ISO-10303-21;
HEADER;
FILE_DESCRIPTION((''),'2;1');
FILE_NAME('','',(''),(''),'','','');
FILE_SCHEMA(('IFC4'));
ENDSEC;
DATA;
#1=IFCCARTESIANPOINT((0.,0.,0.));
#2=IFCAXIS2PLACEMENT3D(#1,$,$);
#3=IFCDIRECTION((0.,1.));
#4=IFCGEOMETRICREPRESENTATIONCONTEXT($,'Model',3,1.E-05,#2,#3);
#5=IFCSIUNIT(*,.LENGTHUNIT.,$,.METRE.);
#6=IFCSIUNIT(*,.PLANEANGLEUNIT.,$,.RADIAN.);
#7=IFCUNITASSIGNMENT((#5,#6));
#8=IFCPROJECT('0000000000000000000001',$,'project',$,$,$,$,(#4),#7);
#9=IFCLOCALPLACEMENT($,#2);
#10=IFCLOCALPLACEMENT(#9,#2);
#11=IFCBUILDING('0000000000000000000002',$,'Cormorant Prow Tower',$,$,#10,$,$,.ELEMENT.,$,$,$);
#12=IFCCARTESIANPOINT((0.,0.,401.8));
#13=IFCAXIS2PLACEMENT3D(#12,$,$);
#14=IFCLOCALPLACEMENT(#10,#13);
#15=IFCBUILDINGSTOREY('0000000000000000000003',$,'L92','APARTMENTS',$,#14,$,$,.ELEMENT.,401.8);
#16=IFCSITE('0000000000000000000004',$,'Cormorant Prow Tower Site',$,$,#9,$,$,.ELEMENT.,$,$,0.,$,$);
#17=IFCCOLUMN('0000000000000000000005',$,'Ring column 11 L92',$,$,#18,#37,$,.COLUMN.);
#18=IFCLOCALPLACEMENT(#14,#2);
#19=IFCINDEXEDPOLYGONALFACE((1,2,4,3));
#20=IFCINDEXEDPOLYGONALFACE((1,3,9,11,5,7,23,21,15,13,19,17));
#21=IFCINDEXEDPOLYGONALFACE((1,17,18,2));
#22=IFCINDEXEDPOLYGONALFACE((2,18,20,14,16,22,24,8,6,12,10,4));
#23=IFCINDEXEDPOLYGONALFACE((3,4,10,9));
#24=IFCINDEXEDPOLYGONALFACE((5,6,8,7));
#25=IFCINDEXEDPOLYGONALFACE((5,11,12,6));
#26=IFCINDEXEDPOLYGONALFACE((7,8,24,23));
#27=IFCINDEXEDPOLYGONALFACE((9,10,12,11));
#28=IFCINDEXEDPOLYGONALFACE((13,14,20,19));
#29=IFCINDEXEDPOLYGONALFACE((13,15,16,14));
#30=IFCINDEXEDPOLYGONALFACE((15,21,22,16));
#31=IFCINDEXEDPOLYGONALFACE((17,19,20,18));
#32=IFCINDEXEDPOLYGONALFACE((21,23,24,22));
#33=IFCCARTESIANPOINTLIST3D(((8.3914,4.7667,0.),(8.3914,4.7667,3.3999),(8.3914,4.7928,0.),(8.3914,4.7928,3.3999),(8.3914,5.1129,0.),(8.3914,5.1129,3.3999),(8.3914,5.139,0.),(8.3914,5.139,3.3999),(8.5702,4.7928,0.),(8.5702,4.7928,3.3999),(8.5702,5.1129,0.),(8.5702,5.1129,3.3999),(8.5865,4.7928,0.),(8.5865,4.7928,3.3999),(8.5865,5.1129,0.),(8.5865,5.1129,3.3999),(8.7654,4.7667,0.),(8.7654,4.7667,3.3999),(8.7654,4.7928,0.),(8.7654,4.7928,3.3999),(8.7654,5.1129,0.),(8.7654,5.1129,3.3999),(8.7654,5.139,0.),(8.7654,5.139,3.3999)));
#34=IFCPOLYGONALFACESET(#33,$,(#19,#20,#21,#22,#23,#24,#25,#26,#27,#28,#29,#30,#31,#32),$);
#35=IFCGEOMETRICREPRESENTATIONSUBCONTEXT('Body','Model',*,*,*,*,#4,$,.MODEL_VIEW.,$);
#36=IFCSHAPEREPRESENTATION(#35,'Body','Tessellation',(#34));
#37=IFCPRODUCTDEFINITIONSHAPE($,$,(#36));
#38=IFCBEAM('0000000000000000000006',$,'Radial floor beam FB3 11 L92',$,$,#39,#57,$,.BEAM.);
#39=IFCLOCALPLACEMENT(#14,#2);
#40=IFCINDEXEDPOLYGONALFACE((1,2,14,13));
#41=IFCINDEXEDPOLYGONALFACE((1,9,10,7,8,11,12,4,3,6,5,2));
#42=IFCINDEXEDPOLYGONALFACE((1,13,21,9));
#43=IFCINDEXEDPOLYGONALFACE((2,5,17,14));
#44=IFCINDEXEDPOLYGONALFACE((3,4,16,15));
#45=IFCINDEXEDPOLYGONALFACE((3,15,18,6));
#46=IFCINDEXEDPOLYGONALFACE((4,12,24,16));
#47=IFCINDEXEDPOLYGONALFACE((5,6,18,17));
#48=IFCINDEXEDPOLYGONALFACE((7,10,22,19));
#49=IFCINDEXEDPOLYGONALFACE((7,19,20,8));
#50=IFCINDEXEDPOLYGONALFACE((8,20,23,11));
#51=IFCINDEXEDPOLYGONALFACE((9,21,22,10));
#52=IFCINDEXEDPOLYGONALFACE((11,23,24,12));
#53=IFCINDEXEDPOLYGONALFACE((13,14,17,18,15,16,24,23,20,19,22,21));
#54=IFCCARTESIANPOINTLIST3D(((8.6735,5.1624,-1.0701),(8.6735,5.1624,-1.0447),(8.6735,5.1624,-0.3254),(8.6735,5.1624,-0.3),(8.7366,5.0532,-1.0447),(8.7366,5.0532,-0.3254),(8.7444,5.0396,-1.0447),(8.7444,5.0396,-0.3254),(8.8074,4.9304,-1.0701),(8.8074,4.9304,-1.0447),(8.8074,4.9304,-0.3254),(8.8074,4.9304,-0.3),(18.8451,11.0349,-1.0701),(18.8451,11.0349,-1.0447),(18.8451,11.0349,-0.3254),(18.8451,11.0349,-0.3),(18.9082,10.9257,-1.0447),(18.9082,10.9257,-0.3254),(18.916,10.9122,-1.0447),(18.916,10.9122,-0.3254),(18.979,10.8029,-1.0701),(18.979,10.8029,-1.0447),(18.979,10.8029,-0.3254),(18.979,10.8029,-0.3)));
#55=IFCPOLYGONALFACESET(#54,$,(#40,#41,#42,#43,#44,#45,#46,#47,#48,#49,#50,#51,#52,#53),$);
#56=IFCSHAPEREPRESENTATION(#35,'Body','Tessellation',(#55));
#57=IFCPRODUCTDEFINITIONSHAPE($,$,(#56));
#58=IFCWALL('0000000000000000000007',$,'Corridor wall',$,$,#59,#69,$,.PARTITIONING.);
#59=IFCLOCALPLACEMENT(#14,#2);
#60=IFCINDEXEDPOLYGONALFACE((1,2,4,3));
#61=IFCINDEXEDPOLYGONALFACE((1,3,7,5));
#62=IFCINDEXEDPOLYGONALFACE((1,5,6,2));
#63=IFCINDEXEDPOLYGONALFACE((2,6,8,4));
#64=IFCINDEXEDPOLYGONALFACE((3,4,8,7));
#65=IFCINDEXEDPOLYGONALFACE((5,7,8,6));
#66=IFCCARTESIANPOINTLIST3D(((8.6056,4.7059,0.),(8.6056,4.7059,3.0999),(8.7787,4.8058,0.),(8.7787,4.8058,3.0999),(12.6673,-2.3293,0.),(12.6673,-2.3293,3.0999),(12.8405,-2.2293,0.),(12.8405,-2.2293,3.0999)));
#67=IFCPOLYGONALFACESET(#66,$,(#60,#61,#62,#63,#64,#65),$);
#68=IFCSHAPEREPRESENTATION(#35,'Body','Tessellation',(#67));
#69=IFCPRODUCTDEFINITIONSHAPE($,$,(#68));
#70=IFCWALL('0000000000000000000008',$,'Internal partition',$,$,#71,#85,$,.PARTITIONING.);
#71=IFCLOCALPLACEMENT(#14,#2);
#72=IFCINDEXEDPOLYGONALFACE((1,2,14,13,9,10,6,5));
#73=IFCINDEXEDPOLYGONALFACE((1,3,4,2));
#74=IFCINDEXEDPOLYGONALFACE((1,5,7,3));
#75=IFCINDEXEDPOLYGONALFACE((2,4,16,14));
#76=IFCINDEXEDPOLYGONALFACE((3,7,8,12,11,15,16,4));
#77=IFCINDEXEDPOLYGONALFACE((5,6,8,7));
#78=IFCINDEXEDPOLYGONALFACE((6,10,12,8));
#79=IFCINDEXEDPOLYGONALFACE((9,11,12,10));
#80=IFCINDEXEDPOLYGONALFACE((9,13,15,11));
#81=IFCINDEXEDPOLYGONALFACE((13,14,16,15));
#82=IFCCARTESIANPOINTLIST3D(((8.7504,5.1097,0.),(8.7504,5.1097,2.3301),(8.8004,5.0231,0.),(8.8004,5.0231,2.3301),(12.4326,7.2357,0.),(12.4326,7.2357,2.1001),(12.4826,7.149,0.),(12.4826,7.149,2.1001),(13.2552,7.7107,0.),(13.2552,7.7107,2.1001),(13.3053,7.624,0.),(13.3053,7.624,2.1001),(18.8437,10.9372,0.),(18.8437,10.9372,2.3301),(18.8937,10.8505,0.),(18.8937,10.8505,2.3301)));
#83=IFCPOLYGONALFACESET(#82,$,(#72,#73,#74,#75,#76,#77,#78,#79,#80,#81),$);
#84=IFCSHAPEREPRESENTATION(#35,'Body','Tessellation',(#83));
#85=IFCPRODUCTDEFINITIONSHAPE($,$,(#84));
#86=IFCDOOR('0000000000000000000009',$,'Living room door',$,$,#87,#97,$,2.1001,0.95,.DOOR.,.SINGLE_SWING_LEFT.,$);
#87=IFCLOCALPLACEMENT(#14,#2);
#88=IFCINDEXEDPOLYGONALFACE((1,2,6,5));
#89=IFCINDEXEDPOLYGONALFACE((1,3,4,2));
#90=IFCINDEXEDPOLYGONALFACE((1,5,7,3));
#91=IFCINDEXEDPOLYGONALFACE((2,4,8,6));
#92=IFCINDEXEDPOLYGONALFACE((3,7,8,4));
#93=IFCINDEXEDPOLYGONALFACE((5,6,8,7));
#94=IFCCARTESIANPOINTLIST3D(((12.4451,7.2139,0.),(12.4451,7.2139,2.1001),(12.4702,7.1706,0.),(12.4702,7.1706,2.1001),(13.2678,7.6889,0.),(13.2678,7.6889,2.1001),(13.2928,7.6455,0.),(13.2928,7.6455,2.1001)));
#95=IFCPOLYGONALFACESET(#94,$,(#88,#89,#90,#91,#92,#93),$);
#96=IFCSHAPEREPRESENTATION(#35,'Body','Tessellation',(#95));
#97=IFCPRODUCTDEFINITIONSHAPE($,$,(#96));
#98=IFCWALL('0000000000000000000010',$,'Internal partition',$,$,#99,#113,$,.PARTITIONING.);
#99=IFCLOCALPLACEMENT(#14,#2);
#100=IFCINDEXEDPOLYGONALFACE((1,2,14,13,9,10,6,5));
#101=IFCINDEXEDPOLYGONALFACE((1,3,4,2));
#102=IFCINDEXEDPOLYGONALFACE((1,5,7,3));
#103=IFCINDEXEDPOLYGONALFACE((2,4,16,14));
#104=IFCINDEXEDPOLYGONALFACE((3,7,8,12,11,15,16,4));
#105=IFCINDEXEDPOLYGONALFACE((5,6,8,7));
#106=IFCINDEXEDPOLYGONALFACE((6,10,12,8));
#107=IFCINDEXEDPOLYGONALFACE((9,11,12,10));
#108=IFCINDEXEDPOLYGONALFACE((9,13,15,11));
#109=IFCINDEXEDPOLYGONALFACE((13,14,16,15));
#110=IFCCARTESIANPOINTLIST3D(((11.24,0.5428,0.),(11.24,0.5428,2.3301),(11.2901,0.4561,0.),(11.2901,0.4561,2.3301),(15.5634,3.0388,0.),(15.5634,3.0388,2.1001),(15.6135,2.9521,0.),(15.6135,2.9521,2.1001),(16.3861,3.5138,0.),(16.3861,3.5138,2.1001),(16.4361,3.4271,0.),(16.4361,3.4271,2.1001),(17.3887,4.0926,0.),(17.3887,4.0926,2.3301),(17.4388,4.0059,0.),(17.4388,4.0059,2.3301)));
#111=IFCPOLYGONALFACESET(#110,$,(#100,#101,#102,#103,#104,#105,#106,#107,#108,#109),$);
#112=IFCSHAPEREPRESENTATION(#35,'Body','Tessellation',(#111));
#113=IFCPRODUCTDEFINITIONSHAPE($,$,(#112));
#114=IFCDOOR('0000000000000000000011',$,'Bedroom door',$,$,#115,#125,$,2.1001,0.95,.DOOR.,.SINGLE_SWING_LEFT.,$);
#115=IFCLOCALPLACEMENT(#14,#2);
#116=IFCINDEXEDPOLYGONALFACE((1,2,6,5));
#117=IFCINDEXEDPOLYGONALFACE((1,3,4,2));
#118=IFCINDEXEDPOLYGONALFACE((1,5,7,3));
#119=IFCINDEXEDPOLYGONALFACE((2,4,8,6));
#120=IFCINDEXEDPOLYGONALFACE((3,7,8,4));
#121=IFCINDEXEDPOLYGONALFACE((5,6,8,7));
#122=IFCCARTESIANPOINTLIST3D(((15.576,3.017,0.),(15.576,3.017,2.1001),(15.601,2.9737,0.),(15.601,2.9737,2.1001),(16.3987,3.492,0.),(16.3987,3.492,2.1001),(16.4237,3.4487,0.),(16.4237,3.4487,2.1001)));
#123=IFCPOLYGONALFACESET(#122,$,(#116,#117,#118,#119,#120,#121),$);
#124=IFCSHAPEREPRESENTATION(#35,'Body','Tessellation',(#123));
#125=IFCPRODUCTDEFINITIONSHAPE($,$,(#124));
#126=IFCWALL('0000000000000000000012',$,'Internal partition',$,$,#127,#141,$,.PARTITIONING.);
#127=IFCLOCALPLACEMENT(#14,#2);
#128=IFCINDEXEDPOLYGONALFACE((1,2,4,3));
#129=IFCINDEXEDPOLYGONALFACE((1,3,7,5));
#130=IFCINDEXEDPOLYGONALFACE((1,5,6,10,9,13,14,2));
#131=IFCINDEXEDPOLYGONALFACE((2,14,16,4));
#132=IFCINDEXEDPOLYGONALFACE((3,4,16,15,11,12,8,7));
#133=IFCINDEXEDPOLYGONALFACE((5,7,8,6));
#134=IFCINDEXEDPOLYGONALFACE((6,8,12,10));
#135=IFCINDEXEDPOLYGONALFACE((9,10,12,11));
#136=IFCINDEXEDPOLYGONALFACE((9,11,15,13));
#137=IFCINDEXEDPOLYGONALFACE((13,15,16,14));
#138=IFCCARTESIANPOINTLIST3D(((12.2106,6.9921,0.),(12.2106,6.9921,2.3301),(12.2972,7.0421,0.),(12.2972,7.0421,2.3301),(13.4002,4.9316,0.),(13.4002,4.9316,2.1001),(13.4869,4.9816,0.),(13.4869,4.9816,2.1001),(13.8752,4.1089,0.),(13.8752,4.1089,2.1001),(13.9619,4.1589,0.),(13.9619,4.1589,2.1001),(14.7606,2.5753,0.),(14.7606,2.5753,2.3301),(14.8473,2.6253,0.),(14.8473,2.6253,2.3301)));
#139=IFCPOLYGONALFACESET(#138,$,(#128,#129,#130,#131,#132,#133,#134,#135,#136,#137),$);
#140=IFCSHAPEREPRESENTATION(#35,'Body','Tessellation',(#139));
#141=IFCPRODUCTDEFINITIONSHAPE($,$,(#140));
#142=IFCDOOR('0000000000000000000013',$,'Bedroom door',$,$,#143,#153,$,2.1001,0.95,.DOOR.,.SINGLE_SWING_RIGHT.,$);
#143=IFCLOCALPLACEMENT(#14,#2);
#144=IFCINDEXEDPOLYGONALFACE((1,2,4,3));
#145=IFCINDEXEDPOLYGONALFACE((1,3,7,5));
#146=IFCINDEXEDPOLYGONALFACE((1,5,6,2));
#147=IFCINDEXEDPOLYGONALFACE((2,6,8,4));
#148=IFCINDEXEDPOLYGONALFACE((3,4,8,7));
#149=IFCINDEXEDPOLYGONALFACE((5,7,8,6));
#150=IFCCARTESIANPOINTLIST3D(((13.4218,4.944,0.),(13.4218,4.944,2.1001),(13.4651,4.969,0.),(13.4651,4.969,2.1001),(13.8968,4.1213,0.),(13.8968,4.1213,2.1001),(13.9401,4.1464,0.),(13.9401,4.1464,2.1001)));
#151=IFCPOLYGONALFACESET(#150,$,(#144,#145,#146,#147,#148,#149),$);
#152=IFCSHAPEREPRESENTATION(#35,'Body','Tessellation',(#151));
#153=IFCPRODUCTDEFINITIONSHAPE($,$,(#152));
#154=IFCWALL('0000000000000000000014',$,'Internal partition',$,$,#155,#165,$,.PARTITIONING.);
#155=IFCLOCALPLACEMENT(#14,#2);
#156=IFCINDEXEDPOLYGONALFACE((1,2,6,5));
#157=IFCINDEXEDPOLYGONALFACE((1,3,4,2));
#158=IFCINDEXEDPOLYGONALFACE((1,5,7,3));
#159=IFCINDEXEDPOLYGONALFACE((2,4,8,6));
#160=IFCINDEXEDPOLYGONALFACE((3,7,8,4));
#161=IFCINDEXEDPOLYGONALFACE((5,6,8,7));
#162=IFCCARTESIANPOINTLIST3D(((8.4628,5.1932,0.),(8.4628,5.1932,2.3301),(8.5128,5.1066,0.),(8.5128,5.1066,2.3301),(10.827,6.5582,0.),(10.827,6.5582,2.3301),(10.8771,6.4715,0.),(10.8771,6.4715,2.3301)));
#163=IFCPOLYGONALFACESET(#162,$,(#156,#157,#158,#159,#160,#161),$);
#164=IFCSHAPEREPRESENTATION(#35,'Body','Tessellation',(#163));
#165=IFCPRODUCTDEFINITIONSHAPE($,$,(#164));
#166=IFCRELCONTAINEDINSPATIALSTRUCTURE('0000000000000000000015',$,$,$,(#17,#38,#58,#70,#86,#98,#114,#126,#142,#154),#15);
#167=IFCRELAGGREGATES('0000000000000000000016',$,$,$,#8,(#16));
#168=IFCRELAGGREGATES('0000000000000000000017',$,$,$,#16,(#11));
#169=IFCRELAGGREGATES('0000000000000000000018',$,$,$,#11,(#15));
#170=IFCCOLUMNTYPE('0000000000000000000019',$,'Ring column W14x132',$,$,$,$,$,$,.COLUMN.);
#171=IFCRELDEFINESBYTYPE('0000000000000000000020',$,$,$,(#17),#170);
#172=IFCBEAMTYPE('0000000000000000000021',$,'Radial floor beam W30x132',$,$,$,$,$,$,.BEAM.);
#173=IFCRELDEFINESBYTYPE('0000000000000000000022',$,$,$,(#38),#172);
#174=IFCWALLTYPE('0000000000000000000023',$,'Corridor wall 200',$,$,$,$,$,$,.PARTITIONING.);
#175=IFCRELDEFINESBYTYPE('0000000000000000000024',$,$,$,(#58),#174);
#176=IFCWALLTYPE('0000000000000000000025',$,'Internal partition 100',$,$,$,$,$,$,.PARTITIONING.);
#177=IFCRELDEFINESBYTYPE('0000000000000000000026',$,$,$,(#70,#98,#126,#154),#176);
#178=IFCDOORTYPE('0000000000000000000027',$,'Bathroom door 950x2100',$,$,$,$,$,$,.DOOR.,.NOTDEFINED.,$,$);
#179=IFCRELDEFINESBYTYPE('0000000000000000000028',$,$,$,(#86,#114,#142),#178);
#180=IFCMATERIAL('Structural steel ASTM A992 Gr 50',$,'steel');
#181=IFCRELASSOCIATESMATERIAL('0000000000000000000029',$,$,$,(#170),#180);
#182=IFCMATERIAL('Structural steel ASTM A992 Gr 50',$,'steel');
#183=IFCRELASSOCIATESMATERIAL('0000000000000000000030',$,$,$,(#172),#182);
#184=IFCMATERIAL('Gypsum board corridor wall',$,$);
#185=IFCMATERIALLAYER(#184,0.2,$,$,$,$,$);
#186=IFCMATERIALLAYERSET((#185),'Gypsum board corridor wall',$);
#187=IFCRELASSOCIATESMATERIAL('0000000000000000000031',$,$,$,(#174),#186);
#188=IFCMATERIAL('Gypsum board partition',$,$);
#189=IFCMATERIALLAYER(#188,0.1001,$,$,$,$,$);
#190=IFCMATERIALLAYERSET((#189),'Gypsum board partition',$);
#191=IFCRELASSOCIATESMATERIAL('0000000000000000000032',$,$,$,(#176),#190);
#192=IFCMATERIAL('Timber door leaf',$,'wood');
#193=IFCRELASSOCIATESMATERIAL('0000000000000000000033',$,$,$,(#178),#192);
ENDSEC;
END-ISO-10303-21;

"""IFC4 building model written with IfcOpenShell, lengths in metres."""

from ifc_helpers import new_model, si_unit, direction, frame, frame_2d, origin, origin_2d, place, context, subcontext, project, spatial, rectangle, i_section, extrude, material, layer, layer_set, material_profile, profile_set, type_object, element, fill, save


model = new_model("IFC4")

# Units and contexts
model_context = context("Model", 3, precision=1e-05, world=origin(), true_north=direction((0.0, 1.0)))
body_context = subcontext(model_context, "Body", "Model", "MODEL_VIEW")
ifc_project = project(units=[si_unit("LENGTHUNIT", "METRE"), si_unit("PLANEANGLEUNIT", "RADIAN")], contexts=[model_context])

# Site, building, storey
site_placement = place(None, origin())
site = spatial("IfcSite", under=ifc_project, at=site_placement, Name="Cormorant Prow Tower Site", CompositionType="ELEMENT", RefElevation=0.0)
building_placement = place(site_placement, origin())
building = spatial("IfcBuilding", under=site, at=building_placement, Name="Cormorant Prow Tower", CompositionType="ELEMENT")
storey_placement = place(building_placement, frame((0.0, 0.0, 401.8)))
storey = spatial("IfcBuildingStorey", under=building, at=storey_placement, Name="L92", Description="APARTMENTS", CompositionType="ELEMENT", Elevation=401.8)

# Column
ifc_material_1 = material(Name="Structural steel ASTM A992 Gr 50", Category="steel")
ifc_material_profile_1 = material_profile(ifc_material_1, i_section(OverallWidth=0.374, OverallDepth=0.3723, WebThickness=0.0164, FlangeThickness=0.0261, at=origin_2d()), Name="W14x132")
ifc_profile_set_1 = profile_set([ifc_material_profile_1], Name="Structural steel ASTM A992 Gr 50")
column_type = type_object("IfcColumnType", Name="Ring column W14x132", PredefinedType="COLUMN", material=ifc_profile_set_1)
column_placement = place(storey_placement, frame((8.5784, 4.9529, 0.0), z_axis=(0.0, 0.0, 1.0), x_axis=(1.0, 0.0, 0.0)))
element("IfcColumn", 1, at=column_placement, inside=storey, type_object=column_type, Name="Ring column 11 L92", PredefinedType="COLUMN", context=body_context, shape_type="SweptSolid", body=[
    extrude(i_section(OverallWidth=0.374, OverallDepth=0.3723, WebThickness=0.0164, FlangeThickness=0.0261, at=origin_2d()), origin(), (0.0, 0.0, 1.0), 3.3999),
])

# Beam
ifc_material_2 = material(Name="Structural steel ASTM A992 Gr 50", Category="steel")
ifc_material_profile_2 = material_profile(ifc_material_2, i_section(OverallWidth=0.2678, OverallDepth=0.77, WebThickness=0.0156, FlangeThickness=0.0254, at=origin_2d()), Name="W30x132")
ifc_profile_set_2 = profile_set([ifc_material_profile_2], Name="Structural steel ASTM A992 Gr 50")
beam_type = type_object("IfcBeamType", Name="Radial floor beam W30x132", PredefinedType="BEAM", material=ifc_profile_set_2)
beam_placement = place(storey_placement, frame((8.7405, 5.0464, -0.6851), z_axis=(0.866027, 0.499998, 0.0), x_axis=(-0.499998, 0.866027, 0.0)))
element("IfcBeam", 2, at=beam_placement, inside=storey, type_object=beam_type, Name="Radial floor beam FB3 11 L92", PredefinedType="BEAM", context=body_context, shape_type="SweptSolid", body=[
    extrude(i_section(OverallWidth=0.2678, OverallDepth=0.77, WebThickness=0.0156, FlangeThickness=0.0254, at=origin_2d()), origin(), (0.0, 0.0, 1.0), 11.7451),
])

# Wall
ifc_material_3 = material(Name="Gypsum board corridor wall")
ifc_layer_1 = layer(ifc_material_3, 0.2)
ifc_layer_set_1 = layer_set([ifc_layer_1], Name="Gypsum board corridor wall")
wall_type_1 = type_object("IfcWallType", Name="Corridor wall 200", PredefinedType="PARTITIONING", material=ifc_layer_set_1)
wall_1_placement = place(storey_placement, frame((8.6921, 4.7559, 0.0), z_axis=(0.0, 0.0, 1.0), x_axis=(0.500002, -0.866024, 0.0)))
element("IfcWall", 3, at=wall_1_placement, inside=storey, type_object=wall_type_1, Name="Corridor wall", PredefinedType="PARTITIONING", context=body_context, shape_type="SweptSolid", body=[
    extrude(rectangle(XDim=8.1235, YDim=0.2, at=frame_2d((4.0618, 0.0))), origin(), (0.0, 0.0, 1.0), 3.0999),
])

# Walls, openings, doors
ifc_material_4 = material(Name="Gypsum board partition")
ifc_layer_2 = layer(ifc_material_4, 0.1001)
ifc_layer_set_2 = layer_set([ifc_layer_2], Name="Gypsum board partition")
wall_type_2 = type_object("IfcWallType", Name="Internal partition 100", PredefinedType="PARTITIONING", material=ifc_layer_set_2)
wall_2_placement = place(storey_placement, frame((8.7754, 5.0664, 0.0), z_axis=(0.0, 0.0, 1.0), x_axis=(0.866024, 0.500003, 0.0)))
wall_2 = element("IfcWall", 4, at=wall_2_placement, inside=storey, type_object=wall_type_2, Name="Internal partition", PredefinedType="PARTITIONING", context=body_context, shape_type="SweptSolid", body=[
    extrude(rectangle(XDim=11.6548, YDim=0.1001, at=frame_2d((5.8274, 0.0))), origin(), (0.0, 0.0, 1.0), 2.3301),
])
opening_1_placement = place(wall_2_placement, frame((4.2517, 0.0, 0.0)))
opening_1 = element("IfcOpeningElement", 5, at=opening_1_placement, cuts=wall_2, PredefinedType="OPENING", context=body_context, shape_type="SweptSolid", body=[
    extrude(rectangle(XDim=0.95, YDim=2.1001, at=frame_2d((0.4751, 1.05))), frame((0.0, 0.0601, 0.0), z_axis=(0.0, -1.0, 0.0), x_axis=(1.0, 0.0, 0.0)), (0.0, 0.0, 1.0), 0.1201),
])
ifc_material_5 = material(Name="Timber door leaf", Category="wood")
door_type = type_object("IfcDoorType", Name="Bathroom door 950x2100", OperationType="NOTDEFINED", PredefinedType="DOOR", material=ifc_material_5)
door_1_placement = place(opening_1_placement, origin())
door_1 = element("IfcDoor", 6, at=door_1_placement, inside=storey, type_object=door_type, Name="Living room door", OperationType="SINGLE_SWING_LEFT", OverallHeight=2.1001, OverallWidth=0.95, PredefinedType="DOOR", context=body_context, shape_type="SweptSolid", body=[
    extrude(rectangle(XDim=0.95, YDim=2.1001, at=frame_2d((0.4751, 1.05))), frame((0.0, 0.0249, 0.0), z_axis=(0.0, -1.0, 0.0), x_axis=(1.0, 0.0, 0.0)), (0.0, 0.0, 1.0), 0.05),
])
fill(opening_1, door_1)
wall_3_placement = place(storey_placement, frame((11.2651, 0.4995, 0.0), z_axis=(0.0, 0.0, 1.0), x_axis=(0.866034, 0.499985, 0.0)))
wall_3 = element("IfcWall", 7, at=wall_3_placement, inside=storey, type_object=wall_type_2, Name="Internal partition", PredefinedType="PARTITIONING", context=body_context, shape_type="SweptSolid", body=[
    extrude(rectangle(XDim=7.0999, YDim=0.1001, at=frame_2d((3.5498, 0.0))), origin(), (0.0, 0.0, 1.0), 2.3301),
])
opening_2_placement = place(wall_3_placement, frame((4.9919, 0.0, 0.0)))
opening_2 = element("IfcOpeningElement", 8, at=opening_2_placement, cuts=wall_3, PredefinedType="OPENING", context=body_context, shape_type="SweptSolid", body=[
    extrude(rectangle(XDim=0.95, YDim=2.1001, at=frame_2d((0.4751, 1.05))), frame((0.0, 0.0601, 0.0), z_axis=(0.0, -1.0, 0.0), x_axis=(1.0, 0.0, 0.0)), (0.0, 0.0, 1.0), 0.1201),
])
door_2_placement = place(opening_2_placement, origin())
door_2 = element("IfcDoor", 9, at=door_2_placement, inside=storey, type_object=door_type, Name="Bedroom door", OperationType="SINGLE_SWING_LEFT", OverallHeight=2.1001, OverallWidth=0.95, PredefinedType="DOOR", context=body_context, shape_type="SweptSolid", body=[
    extrude(rectangle(XDim=0.95, YDim=2.1001, at=frame_2d((0.4751, 1.05))), frame((0.0, 0.0249, 0.0), z_axis=(0.0, -1.0, 0.0), x_axis=(1.0, 0.0, 0.0)), (0.0, 0.0, 1.0), 0.05),
])
fill(opening_2, door_2)
wall_4_placement = place(storey_placement, frame((12.2539, 7.0171, 0.0), z_axis=(0.0, 0.0, 1.0), x_axis=(0.500006, -0.866022, 0.0)))
wall_4 = element("IfcWall", 10, at=wall_4_placement, inside=storey, type_object=wall_type_2, Name="Internal partition", PredefinedType="PARTITIONING", context=body_context, shape_type="SweptSolid", body=[
    extrude(rectangle(XDim=5.1001, YDim=0.1001, at=frame_2d((2.55, 0.0))), origin(), (0.0, 0.0, 1.0), 2.3301),
])
opening_3_placement = place(wall_4_placement, frame((2.3792, 0.0, 0.0)))
opening_3 = element("IfcOpeningElement", 11, at=opening_3_placement, cuts=wall_4, PredefinedType="OPENING", context=body_context, shape_type="SweptSolid", body=[
    extrude(rectangle(XDim=0.95, YDim=2.1001, at=frame_2d((0.4751, 1.05))), frame((0.0, 0.0601, 0.0), z_axis=(0.0, -1.0, 0.0), x_axis=(1.0, 0.0, 0.0)), (0.0, 0.0, 1.0), 0.1201),
])
door_3_placement = place(opening_3_placement, origin())
door_3 = element("IfcDoor", 12, at=door_3_placement, inside=storey, type_object=door_type, Name="Bedroom door", OperationType="SINGLE_SWING_RIGHT", OverallHeight=2.1001, OverallWidth=0.95, PredefinedType="DOOR", context=body_context, shape_type="SweptSolid", body=[
    extrude(rectangle(XDim=0.95, YDim=2.1001, at=frame_2d((0.4751, 1.05))), frame((0.0, 0.0249, 0.0), z_axis=(0.0, -1.0, 0.0), x_axis=(1.0, 0.0, 0.0)), (0.0, 0.0, 1.0), 0.05),
])
fill(opening_3, door_3)

# Wall
wall_5_placement = place(storey_placement, frame((8.4878, 5.1499, 0.0), z_axis=(0.0, 0.0, 1.0), x_axis=(0.866028, 0.499996, 0.0)))
element("IfcWall", 13, at=wall_5_placement, inside=storey, type_object=wall_type_2, Name="Internal partition", PredefinedType="PARTITIONING", context=body_context, shape_type="SweptSolid", body=[
    extrude(rectangle(XDim=2.73, YDim=0.1001, at=frame_2d((1.365, 0.0))), origin(), (0.0, 0.0, 1.0), 2.3301),
])

save(model, "model.ifc")
